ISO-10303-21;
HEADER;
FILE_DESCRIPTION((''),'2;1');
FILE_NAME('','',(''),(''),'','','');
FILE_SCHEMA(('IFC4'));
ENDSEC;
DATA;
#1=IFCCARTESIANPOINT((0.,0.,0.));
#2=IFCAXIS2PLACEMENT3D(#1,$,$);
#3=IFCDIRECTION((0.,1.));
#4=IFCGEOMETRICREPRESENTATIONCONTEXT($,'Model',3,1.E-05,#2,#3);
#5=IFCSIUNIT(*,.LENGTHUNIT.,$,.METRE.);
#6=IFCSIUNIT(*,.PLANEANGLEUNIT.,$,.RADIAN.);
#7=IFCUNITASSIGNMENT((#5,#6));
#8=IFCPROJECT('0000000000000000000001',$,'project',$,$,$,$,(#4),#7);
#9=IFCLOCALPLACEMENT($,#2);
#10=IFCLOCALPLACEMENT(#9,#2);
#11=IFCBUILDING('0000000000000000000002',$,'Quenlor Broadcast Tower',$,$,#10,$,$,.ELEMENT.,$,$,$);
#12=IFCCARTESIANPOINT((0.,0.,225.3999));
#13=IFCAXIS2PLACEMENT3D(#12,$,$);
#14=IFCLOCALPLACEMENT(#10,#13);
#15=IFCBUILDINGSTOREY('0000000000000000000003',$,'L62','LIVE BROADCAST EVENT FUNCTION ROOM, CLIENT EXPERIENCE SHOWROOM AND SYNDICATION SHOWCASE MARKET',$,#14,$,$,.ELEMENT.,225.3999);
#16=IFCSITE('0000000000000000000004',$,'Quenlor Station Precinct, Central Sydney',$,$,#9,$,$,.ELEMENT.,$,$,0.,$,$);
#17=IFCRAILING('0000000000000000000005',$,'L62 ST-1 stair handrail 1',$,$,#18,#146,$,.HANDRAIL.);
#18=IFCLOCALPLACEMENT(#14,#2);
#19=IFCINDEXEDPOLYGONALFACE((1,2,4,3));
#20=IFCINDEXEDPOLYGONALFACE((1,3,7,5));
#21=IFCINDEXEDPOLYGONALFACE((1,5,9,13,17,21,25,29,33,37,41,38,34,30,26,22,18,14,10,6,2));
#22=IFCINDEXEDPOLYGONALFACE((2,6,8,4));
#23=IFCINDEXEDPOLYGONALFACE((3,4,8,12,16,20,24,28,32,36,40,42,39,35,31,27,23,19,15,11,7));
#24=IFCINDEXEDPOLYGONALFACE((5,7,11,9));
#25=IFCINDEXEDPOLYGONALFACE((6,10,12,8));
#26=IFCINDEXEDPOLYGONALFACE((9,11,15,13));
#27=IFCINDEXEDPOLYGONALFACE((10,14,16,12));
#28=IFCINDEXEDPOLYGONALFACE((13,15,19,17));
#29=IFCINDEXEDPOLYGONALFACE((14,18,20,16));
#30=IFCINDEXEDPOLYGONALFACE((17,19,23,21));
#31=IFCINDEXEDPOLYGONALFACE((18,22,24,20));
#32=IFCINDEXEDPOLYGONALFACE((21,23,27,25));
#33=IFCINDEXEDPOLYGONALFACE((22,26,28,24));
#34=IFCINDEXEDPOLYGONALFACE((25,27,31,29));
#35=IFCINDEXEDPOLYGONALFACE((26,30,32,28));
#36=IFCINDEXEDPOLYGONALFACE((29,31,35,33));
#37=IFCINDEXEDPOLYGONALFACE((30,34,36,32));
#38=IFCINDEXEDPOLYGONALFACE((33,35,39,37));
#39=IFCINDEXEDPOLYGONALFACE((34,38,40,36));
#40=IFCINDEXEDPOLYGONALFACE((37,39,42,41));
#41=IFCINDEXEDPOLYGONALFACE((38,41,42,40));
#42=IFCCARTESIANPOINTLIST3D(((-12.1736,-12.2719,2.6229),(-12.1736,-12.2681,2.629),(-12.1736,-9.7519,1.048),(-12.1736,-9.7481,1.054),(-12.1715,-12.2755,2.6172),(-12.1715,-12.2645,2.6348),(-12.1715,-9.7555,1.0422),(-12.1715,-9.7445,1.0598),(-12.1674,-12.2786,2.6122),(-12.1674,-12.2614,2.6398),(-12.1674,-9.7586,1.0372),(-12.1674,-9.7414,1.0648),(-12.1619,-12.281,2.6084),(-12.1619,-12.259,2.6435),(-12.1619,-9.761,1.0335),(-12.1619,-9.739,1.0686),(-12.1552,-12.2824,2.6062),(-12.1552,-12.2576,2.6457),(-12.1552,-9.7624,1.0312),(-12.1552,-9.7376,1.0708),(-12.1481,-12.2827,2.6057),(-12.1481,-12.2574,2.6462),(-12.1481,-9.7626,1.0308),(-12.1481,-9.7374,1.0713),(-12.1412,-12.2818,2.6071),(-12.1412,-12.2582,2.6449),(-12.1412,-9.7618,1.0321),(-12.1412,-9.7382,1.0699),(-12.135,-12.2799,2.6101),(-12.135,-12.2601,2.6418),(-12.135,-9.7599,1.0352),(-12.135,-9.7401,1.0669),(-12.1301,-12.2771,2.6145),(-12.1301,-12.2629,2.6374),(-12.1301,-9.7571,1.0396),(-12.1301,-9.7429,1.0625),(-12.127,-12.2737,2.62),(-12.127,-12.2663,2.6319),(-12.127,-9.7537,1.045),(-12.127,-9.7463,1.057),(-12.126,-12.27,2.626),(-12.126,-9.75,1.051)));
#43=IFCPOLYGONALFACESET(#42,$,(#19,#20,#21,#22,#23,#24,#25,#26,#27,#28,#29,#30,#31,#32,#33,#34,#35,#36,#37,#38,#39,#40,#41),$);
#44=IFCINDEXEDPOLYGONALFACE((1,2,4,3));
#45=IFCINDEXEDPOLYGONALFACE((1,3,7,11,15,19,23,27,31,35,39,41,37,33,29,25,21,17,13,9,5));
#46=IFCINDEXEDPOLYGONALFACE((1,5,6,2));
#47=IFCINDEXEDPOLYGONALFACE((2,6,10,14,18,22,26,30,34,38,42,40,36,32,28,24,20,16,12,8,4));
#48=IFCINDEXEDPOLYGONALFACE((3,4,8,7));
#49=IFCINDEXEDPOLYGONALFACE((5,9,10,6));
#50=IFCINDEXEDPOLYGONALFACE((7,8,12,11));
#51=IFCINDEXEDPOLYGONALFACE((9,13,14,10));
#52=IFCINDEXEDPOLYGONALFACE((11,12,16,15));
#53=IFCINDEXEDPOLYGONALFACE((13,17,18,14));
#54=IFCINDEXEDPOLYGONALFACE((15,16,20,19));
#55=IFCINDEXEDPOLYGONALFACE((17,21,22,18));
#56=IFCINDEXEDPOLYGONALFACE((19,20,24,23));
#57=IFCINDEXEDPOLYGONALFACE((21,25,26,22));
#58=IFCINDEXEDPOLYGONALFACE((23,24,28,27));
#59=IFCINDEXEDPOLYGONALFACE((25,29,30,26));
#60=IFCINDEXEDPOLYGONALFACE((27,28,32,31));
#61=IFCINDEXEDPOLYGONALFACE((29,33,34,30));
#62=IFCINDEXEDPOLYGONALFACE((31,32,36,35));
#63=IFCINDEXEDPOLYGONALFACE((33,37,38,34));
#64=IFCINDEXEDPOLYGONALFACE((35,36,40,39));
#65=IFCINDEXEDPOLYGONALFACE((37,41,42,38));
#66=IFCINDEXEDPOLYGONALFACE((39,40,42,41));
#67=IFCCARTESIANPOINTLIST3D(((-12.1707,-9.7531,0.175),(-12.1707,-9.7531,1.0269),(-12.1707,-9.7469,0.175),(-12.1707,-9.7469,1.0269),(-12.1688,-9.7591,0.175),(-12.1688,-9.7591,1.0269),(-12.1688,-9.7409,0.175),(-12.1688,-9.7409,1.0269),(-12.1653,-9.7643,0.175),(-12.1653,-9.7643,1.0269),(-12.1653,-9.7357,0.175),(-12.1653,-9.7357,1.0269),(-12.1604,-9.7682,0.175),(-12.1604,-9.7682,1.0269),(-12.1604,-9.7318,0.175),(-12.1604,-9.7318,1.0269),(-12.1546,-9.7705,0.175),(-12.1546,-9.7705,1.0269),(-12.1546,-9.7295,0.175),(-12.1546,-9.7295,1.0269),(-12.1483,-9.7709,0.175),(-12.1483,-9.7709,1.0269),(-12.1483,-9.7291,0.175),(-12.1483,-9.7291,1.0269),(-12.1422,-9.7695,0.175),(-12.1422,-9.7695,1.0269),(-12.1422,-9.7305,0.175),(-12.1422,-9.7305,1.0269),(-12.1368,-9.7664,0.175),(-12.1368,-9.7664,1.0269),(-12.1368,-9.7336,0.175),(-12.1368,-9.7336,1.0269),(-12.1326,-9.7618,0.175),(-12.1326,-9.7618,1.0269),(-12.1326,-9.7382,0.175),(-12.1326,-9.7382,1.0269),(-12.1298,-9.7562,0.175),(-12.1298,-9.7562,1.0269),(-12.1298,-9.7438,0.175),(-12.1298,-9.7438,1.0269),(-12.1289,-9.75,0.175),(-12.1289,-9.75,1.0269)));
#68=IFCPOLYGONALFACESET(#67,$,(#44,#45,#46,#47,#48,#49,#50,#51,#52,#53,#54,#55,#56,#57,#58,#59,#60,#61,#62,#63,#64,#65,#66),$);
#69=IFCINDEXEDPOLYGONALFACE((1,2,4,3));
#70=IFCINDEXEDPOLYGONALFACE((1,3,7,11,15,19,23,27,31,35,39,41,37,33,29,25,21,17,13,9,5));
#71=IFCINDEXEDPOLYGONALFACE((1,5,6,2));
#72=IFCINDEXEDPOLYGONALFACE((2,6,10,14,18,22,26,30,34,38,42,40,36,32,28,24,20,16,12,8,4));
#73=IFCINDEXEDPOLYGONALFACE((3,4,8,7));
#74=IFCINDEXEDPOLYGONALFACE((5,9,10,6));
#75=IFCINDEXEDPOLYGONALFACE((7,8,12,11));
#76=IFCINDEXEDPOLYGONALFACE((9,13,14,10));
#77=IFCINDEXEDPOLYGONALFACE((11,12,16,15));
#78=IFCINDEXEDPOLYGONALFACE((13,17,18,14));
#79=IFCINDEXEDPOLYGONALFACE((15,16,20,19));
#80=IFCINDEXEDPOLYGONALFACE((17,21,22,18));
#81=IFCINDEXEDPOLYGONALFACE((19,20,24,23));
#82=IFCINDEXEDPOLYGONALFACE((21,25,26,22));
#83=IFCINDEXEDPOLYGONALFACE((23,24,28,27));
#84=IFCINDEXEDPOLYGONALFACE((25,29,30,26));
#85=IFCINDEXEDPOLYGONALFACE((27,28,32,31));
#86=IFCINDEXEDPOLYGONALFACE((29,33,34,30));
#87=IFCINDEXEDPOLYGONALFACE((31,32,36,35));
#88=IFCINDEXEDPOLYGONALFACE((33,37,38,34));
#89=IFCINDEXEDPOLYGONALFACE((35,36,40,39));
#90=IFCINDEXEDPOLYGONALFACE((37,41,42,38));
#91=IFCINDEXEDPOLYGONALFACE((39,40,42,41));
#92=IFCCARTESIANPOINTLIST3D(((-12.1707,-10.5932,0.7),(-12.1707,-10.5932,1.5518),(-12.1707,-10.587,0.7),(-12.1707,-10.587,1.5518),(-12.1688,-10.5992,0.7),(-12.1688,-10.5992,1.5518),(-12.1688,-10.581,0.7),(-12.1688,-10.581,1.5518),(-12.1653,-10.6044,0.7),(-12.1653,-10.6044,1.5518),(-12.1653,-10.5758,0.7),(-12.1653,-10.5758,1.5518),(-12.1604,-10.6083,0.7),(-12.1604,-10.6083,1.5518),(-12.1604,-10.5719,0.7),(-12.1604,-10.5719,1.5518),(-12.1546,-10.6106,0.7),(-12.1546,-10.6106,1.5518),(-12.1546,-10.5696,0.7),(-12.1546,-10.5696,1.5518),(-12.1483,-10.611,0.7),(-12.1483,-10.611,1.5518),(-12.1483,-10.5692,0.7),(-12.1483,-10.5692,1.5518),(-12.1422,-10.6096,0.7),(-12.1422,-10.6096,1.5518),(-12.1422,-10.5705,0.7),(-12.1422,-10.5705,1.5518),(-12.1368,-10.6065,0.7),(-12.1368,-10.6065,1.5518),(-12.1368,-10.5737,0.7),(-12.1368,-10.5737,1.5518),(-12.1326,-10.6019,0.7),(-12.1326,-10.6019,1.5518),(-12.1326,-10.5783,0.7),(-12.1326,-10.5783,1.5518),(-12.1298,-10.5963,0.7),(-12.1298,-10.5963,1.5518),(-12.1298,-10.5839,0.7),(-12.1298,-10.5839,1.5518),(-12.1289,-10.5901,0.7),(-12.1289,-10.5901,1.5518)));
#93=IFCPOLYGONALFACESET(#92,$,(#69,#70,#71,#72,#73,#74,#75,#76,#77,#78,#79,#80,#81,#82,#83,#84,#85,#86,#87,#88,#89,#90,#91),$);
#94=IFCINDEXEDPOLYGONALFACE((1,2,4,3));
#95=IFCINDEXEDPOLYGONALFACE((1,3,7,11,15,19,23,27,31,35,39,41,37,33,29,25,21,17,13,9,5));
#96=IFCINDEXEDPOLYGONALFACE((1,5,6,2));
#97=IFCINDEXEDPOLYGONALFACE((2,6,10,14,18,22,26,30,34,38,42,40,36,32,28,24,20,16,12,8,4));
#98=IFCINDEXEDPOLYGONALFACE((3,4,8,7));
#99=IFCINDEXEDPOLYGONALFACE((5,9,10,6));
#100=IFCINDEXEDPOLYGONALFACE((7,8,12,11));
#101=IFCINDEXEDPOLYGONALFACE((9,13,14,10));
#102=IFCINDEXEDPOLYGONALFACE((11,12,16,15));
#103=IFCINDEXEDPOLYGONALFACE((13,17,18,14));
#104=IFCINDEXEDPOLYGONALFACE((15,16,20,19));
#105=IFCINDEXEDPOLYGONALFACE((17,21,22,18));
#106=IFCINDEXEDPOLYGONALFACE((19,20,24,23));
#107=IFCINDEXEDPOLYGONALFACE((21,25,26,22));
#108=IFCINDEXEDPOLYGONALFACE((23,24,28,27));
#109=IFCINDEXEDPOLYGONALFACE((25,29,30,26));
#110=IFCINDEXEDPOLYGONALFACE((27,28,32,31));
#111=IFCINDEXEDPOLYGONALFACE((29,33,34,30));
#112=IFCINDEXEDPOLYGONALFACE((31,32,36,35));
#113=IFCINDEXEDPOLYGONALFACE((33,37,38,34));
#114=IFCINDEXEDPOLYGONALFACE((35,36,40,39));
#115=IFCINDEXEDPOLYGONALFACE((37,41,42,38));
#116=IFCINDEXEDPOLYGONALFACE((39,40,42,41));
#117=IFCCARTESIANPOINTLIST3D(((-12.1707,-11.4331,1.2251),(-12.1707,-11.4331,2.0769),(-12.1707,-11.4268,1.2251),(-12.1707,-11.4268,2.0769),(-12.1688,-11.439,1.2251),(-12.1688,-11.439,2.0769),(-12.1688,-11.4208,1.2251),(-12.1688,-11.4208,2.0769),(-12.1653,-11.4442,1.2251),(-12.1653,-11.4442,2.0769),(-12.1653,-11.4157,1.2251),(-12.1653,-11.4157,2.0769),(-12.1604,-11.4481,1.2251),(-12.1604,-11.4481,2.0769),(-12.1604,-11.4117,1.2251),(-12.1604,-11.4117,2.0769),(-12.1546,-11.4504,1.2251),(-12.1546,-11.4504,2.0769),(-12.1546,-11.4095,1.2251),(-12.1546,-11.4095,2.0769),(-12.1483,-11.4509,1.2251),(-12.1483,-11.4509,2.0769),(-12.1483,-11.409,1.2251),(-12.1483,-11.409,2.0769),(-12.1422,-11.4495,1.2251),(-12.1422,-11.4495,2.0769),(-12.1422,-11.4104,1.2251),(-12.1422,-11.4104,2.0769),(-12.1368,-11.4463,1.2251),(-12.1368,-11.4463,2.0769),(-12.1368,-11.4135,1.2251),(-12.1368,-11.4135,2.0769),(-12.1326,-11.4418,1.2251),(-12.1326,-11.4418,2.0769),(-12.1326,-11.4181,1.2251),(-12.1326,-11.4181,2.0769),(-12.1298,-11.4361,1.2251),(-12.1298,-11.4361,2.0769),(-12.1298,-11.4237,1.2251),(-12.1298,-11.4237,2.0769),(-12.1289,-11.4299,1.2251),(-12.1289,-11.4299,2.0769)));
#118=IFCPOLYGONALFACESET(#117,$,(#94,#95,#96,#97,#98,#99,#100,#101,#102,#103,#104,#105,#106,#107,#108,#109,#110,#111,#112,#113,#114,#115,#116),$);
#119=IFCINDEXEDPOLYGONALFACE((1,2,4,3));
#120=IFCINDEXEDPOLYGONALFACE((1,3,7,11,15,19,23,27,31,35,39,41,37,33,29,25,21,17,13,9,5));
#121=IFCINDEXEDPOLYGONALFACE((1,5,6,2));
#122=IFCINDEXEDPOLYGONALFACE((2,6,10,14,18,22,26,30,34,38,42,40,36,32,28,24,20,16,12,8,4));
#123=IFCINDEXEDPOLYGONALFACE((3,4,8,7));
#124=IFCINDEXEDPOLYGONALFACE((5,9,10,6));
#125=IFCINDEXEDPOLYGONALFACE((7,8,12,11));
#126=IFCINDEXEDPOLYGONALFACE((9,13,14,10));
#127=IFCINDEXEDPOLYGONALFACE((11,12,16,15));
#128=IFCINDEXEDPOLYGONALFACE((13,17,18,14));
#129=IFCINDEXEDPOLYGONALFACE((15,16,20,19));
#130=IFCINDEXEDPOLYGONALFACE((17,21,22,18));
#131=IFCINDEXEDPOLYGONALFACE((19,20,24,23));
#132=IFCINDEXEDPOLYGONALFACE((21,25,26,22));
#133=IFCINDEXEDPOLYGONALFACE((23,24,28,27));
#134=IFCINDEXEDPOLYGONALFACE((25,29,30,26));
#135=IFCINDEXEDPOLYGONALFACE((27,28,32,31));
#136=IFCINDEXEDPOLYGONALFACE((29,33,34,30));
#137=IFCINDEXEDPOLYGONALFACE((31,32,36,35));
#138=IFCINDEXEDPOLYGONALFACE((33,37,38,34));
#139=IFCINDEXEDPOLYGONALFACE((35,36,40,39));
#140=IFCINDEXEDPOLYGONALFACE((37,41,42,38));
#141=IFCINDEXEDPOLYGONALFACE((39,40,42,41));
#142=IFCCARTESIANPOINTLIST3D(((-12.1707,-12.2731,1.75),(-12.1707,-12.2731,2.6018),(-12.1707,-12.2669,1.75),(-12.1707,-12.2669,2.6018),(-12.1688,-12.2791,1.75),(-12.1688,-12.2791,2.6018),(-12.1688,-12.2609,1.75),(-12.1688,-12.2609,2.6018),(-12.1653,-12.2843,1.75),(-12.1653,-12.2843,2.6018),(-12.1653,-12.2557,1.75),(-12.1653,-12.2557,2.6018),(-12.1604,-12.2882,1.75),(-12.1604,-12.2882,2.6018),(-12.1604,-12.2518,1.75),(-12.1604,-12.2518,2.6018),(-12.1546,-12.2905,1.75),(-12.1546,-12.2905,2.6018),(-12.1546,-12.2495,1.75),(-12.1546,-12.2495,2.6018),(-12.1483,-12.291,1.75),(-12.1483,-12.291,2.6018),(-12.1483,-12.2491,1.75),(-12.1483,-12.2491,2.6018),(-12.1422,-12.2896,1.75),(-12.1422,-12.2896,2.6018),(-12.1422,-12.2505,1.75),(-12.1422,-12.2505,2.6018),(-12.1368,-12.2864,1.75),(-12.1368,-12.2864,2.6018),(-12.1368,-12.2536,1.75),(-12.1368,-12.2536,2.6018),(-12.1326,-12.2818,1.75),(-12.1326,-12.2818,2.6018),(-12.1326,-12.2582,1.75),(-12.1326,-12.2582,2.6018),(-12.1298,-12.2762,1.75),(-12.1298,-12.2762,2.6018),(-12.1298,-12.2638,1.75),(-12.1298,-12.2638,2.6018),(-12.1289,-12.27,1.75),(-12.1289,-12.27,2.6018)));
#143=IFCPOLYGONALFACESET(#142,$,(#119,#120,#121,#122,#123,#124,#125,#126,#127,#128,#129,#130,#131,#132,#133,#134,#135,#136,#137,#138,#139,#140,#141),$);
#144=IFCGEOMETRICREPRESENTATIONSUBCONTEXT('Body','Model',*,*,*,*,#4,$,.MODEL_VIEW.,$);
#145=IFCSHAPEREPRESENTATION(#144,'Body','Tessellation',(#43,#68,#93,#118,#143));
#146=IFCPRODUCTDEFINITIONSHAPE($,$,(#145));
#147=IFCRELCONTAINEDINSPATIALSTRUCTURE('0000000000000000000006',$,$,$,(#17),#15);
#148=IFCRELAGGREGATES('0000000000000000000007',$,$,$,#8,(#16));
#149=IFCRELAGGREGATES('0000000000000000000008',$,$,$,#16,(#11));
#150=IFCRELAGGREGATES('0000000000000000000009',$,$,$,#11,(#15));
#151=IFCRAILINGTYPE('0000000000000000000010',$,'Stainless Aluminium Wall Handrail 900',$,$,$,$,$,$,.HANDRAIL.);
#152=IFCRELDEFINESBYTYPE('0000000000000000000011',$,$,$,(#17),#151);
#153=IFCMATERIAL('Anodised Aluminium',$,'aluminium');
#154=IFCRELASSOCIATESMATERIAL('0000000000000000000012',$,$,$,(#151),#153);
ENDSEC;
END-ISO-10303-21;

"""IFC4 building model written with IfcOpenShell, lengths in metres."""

from ifc_helpers import new_model, si_unit, direction, frame, origin, origin_2d, place, context, subcontext, project, spatial, circle, extrude, material, type_object, element, save


model = new_model("IFC4")

# Units and contexts
model_context = context("Model", 3, precision=1e-05, world=origin(), true_north=direction((0.0, 1.0)))
body_context = subcontext(model_context, "Body", "Model", "MODEL_VIEW")
ifc_project = project(units=[si_unit("LENGTHUNIT", "METRE"), si_unit("PLANEANGLEUNIT", "RADIAN")], contexts=[model_context])

# Site, building, storey
site_placement = place(None, origin())
site = spatial("IfcSite", under=ifc_project, at=site_placement, Name="Quenlor Station Precinct, Central Sydney", CompositionType="ELEMENT", RefElevation=0.0)
building_placement = place(site_placement, origin())
building = spatial("IfcBuilding", under=site, at=building_placement, Name="Quenlor Broadcast Tower", CompositionType="ELEMENT")
storey_placement = place(building_placement, frame((0.0, 0.0, 225.3999)))
storey = spatial("IfcBuildingStorey", under=building, at=storey_placement, Name="L62", Description="LIVE BROADCAST EVENT FUNCTION ROOM, CLIENT EXPERIENCE SHOWROOM AND SYNDICATION SHOWCASE MARKET", CompositionType="ELEMENT", Elevation=225.3999)

# Railing
ifc_material_1 = material(Name="Anodised Aluminium", Category="aluminium")
railing_type = type_object("IfcRailingType", Name="Stainless Aluminium Wall Handrail 900", PredefinedType="HANDRAIL", material=ifc_material_1)
railing_placement = place(storey_placement, frame((-12.1499, -9.75, 0.175)))
element("IfcRailing", 1, at=railing_placement, inside=storey, type_object=railing_type, Name="L62 ST-1 stair handrail 1", PredefinedType="HANDRAIL", context=body_context, shape_type="SweptSolid", body=[
    extrude(circle(Radius=0.0239, at=origin_2d()), frame((0.0, 0.0, 0.876), z_axis=(0.0, -0.848008, 0.529984), x_axis=(1.0, 0.0, 0.0)), (0.0, 0.0, 1.0), 2.9717),
    extrude(circle(Radius=0.021, at=origin_2d()), origin(), (0.0, 0.0, 1.0), 0.8518),
    extrude(circle(Radius=0.021, at=origin_2d()), frame((0.0, -0.8401, 0.5249)), (0.0, 0.0, 1.0), 0.8518),
    extrude(circle(Radius=0.021, at=origin_2d()), frame((0.0, -1.6799, 1.05)), (0.0, 0.0, 1.0), 0.8518),
    extrude(circle(Radius=0.021, at=origin_2d()), frame((0.0, -2.52, 1.575)), (0.0, 0.0, 1.0), 0.8518),
])

save(model, "model.ifc")
